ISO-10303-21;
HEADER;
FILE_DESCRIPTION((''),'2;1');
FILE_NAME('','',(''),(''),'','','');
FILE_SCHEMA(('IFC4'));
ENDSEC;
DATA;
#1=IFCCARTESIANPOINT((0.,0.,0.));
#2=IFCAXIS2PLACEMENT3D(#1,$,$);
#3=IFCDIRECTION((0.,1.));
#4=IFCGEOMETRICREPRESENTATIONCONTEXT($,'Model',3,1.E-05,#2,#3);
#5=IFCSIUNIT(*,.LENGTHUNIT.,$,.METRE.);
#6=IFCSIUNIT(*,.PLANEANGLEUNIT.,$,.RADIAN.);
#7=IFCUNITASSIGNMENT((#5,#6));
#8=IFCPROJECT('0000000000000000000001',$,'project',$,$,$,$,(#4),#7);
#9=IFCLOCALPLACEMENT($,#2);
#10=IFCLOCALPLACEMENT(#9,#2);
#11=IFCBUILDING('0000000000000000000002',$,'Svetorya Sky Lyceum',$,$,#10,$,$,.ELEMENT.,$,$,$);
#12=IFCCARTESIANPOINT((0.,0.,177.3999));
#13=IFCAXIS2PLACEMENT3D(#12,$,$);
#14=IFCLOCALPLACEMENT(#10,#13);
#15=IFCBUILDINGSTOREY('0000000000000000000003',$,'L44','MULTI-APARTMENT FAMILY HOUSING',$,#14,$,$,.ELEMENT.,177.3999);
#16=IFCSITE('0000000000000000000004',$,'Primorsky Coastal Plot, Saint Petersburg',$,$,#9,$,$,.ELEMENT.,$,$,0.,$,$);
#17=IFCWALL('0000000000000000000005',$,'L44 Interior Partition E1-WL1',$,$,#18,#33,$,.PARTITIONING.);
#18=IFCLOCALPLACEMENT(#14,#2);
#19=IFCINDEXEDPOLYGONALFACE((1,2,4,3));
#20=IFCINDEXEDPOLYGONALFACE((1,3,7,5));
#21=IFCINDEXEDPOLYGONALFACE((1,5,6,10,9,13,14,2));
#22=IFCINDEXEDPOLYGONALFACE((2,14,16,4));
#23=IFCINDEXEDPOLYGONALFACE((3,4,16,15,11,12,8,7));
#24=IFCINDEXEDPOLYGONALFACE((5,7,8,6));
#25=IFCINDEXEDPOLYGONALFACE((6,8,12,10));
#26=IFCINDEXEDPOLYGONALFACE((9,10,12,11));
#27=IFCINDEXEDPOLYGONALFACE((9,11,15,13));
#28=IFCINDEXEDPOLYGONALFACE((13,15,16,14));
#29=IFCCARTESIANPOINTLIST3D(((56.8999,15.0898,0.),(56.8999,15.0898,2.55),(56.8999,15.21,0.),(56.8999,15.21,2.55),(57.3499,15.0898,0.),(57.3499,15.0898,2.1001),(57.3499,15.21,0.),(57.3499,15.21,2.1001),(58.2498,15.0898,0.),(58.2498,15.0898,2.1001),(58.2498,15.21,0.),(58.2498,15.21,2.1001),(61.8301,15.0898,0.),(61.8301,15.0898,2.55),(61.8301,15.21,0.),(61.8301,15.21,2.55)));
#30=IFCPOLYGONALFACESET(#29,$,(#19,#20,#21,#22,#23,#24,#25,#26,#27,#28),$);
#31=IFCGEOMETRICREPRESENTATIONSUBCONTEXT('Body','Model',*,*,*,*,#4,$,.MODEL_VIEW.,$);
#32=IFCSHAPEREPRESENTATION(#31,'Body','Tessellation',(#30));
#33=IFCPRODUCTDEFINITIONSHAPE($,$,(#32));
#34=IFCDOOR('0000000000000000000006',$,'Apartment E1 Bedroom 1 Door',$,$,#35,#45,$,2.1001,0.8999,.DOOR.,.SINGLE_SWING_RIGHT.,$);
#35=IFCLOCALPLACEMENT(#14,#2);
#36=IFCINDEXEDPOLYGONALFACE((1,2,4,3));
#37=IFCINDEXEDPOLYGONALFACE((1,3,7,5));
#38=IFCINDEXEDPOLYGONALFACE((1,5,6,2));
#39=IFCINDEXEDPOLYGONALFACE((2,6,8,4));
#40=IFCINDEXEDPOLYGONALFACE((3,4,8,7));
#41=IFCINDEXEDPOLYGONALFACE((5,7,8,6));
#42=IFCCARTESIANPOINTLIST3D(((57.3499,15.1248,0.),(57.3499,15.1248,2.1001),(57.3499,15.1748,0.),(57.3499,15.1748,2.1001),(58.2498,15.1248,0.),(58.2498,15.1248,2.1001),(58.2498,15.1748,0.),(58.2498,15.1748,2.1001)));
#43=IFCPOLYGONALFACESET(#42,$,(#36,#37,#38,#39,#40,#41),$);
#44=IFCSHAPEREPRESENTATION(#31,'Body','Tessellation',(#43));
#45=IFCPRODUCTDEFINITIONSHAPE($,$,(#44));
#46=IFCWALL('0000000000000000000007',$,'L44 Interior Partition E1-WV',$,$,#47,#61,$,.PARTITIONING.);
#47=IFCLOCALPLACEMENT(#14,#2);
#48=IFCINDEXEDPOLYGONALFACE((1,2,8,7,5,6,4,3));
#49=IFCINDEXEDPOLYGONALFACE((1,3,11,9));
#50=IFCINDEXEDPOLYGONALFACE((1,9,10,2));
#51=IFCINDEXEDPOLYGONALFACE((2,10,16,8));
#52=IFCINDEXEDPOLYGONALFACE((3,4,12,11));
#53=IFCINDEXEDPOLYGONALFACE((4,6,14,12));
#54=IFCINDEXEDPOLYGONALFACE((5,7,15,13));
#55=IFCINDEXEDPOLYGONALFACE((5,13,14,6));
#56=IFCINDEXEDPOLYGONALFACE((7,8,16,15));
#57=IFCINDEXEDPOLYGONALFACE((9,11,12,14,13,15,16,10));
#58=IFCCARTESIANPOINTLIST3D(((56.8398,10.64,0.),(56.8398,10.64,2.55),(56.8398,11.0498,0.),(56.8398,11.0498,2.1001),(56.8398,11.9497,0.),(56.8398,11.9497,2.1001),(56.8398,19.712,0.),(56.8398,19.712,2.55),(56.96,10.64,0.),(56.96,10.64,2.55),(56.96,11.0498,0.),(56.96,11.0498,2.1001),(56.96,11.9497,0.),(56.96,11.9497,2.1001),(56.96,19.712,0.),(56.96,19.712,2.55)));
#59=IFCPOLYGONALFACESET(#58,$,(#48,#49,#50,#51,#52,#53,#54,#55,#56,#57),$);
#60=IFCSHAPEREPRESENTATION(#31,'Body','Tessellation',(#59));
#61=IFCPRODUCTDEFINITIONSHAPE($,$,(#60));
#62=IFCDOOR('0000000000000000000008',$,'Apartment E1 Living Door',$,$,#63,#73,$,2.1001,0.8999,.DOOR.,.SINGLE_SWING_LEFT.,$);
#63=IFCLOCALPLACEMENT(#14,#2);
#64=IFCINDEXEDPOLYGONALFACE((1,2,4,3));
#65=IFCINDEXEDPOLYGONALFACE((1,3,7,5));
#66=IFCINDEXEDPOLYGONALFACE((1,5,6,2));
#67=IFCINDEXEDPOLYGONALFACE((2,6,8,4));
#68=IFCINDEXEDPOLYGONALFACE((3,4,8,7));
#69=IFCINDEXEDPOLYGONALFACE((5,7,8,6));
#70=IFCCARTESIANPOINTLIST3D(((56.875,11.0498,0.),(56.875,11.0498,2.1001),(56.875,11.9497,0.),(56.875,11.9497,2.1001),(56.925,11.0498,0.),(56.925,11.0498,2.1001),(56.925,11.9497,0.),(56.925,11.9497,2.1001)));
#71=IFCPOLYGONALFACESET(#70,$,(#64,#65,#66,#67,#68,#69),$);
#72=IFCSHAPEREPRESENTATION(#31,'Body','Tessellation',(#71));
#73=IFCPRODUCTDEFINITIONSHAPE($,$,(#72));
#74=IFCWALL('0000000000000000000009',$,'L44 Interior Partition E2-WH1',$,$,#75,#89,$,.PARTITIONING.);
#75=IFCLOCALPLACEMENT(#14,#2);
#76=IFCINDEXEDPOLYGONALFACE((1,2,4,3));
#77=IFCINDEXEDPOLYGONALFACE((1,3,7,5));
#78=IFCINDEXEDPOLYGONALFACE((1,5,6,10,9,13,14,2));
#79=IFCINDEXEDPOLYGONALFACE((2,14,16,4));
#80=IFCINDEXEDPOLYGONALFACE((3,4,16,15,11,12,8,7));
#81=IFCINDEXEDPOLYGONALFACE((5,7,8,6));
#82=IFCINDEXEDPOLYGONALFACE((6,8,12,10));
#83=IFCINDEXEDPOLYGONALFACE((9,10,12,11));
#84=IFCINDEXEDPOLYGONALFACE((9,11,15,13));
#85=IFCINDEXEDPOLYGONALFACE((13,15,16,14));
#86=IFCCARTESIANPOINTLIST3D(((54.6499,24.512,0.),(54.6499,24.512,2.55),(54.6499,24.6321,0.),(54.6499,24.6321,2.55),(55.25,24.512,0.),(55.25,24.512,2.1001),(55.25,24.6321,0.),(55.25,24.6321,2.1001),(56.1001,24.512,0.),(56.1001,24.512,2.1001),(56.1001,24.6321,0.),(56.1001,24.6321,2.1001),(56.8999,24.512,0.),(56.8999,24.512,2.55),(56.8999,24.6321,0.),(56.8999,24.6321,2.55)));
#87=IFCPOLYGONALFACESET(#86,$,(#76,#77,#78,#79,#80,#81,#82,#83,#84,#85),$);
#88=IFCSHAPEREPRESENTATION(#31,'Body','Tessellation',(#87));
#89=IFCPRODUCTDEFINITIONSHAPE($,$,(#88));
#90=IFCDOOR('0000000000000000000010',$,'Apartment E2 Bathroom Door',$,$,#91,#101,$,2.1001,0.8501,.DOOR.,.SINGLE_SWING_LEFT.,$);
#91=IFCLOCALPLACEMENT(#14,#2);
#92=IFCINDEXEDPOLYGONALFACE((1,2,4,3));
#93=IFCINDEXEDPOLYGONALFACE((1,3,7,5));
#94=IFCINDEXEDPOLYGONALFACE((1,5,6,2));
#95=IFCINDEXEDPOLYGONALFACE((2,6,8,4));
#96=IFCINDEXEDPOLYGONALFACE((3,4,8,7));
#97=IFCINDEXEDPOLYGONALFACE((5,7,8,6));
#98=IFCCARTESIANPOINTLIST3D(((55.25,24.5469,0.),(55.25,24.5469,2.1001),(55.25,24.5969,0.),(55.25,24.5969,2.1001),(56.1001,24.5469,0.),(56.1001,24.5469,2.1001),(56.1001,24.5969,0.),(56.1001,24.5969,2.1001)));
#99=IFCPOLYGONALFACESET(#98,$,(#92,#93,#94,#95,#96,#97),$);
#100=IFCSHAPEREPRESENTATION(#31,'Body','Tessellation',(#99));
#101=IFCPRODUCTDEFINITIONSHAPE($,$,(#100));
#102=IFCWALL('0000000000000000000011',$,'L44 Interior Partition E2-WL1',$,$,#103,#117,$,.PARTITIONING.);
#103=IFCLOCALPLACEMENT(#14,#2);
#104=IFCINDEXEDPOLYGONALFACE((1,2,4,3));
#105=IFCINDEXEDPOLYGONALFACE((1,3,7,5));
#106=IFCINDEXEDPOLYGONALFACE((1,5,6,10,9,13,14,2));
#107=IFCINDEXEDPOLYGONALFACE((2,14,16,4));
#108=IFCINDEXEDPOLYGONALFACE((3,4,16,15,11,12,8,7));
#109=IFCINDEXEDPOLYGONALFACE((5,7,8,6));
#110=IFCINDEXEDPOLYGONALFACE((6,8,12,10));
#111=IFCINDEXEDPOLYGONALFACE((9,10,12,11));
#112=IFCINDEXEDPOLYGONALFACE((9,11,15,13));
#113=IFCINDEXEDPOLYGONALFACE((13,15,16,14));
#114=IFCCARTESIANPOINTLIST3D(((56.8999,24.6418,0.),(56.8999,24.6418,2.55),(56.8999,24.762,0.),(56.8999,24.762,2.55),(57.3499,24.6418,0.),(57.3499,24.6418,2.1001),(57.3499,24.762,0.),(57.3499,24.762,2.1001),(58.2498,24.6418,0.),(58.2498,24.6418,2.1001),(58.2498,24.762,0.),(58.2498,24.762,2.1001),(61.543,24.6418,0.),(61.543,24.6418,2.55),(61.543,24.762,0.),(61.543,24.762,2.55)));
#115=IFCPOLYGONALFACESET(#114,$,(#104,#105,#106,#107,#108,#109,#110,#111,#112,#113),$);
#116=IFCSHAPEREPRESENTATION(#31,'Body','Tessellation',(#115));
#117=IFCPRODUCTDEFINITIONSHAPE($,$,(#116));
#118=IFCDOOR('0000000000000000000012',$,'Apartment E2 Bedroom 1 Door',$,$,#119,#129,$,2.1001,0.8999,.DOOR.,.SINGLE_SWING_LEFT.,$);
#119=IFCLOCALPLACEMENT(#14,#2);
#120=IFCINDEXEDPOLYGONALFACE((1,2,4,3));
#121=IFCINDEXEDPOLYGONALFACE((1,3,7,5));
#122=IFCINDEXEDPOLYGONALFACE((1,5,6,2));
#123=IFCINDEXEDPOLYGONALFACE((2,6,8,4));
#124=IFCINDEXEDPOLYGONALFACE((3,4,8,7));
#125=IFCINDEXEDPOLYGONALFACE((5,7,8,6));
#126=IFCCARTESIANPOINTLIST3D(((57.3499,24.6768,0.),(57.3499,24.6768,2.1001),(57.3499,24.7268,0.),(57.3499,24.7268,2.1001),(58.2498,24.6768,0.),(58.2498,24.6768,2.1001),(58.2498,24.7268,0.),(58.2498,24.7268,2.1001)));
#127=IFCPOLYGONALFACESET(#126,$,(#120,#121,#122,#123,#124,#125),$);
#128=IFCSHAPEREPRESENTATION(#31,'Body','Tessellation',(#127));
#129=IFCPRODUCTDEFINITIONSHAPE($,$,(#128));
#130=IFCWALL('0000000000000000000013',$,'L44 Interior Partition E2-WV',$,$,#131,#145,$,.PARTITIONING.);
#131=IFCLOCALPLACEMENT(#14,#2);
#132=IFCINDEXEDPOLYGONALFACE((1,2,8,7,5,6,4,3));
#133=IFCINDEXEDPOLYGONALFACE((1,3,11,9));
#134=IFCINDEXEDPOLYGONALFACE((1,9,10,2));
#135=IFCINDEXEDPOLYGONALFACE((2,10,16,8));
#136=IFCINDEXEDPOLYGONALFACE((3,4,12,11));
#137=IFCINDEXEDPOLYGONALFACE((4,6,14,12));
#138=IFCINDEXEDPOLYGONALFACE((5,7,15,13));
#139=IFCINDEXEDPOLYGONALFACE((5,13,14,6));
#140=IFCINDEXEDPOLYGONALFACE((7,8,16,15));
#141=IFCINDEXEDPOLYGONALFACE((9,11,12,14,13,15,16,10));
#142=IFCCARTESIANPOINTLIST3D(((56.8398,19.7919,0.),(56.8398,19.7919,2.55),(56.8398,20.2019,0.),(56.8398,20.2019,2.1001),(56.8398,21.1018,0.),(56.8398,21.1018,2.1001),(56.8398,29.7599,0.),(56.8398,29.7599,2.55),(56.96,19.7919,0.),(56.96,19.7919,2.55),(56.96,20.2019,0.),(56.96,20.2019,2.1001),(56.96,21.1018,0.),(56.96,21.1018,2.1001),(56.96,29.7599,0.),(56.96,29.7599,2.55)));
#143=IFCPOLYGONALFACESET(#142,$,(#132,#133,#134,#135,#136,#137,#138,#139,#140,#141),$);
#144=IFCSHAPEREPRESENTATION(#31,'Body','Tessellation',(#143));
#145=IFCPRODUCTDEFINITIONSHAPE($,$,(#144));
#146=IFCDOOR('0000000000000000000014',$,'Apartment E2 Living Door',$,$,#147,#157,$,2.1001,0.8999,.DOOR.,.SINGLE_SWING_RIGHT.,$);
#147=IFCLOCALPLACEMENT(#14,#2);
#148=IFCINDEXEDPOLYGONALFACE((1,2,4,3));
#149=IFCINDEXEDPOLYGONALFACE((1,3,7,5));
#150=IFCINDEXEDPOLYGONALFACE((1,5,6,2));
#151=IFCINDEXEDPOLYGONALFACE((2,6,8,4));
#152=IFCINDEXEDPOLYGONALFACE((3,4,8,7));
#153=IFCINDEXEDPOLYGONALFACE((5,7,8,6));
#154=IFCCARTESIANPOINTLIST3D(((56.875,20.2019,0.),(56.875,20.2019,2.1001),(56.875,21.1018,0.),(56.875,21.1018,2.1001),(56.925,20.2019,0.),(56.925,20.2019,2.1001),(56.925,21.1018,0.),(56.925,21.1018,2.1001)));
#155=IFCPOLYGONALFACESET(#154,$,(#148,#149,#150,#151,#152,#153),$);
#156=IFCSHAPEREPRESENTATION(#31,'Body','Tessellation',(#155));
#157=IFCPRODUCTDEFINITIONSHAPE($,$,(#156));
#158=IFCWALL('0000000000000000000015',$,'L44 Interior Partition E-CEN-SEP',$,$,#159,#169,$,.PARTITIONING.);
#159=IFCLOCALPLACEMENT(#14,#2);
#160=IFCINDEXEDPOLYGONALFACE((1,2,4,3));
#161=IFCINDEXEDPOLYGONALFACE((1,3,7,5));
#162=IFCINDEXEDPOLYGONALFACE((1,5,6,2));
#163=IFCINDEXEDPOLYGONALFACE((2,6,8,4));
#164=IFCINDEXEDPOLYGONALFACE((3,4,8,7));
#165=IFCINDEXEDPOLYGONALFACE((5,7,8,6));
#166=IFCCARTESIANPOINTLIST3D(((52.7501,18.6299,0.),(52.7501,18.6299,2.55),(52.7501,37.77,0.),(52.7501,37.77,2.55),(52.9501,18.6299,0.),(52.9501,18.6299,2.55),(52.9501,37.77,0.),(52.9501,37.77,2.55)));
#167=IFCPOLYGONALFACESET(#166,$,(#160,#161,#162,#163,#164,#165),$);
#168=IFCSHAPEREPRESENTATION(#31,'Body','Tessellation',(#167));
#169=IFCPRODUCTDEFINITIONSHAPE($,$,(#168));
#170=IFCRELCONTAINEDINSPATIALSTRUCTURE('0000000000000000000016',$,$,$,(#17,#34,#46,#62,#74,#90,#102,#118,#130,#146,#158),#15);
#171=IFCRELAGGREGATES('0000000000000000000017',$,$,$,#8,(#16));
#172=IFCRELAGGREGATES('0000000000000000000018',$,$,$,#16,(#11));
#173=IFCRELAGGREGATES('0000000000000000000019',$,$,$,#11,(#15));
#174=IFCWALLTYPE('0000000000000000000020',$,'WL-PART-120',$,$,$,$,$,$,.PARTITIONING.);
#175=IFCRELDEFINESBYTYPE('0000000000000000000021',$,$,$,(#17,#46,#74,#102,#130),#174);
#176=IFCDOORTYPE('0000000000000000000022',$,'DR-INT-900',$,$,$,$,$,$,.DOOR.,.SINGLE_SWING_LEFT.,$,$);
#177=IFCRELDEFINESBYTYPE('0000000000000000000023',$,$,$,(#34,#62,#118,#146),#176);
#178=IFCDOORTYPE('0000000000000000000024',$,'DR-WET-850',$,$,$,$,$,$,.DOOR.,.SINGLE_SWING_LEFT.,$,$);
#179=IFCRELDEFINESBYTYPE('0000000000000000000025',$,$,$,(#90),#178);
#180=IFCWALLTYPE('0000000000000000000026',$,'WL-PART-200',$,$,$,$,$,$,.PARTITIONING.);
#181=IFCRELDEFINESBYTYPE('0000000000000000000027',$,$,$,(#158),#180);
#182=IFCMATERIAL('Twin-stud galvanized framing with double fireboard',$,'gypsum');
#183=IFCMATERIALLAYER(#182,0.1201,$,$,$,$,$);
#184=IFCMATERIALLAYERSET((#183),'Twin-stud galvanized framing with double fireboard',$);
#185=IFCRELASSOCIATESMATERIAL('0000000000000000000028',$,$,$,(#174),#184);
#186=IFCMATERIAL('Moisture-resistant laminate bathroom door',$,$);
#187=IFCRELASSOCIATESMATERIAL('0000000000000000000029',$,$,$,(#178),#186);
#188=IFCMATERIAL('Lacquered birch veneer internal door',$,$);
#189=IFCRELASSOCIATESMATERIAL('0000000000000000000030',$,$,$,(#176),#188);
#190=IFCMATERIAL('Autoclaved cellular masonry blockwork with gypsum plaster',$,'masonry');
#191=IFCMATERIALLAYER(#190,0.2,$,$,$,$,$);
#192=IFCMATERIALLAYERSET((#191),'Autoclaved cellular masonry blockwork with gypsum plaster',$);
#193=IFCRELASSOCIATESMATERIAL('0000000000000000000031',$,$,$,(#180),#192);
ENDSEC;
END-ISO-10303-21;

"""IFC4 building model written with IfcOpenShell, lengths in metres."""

from ifc_helpers import new_model, si_unit, direction, frame, frame_2d, origin, place, context, subcontext, project, spatial, rectangle, extrude, material, layer, layer_set, type_object, element, fill, save


model = new_model("IFC4")

# Units and contexts
model_context = context("Model", 3, precision=1e-05, world=origin(), true_north=direction((0.0, 1.0)))
body_context = subcontext(model_context, "Body", "Model", "MODEL_VIEW")
ifc_project = project(units=[si_unit("LENGTHUNIT", "METRE"), si_unit("PLANEANGLEUNIT", "RADIAN")], contexts=[model_context])

# Site, building, storey
site_placement = place(None, origin())
site = spatial("IfcSite", under=ifc_project, at=site_placement, Name="Primorsky Coastal Plot, Saint Petersburg", CompositionType="ELEMENT", RefElevation=0.0)
building_placement = place(site_placement, origin())
building = spatial("IfcBuilding", under=site, at=building_placement, Name="Svetorya Sky Lyceum", CompositionType="ELEMENT")
storey_placement = place(building_placement, frame((0.0, 0.0, 177.3999)))
storey = spatial("IfcBuildingStorey", under=building, at=storey_placement, Name="L44", Description="MULTI-APARTMENT FAMILY HOUSING", CompositionType="ELEMENT", Elevation=177.3999)

# Walls, openings, doors
ifc_material_1 = material(Name="Twin-stud galvanized framing with double fireboard", Category="gypsum")
ifc_layer_1 = layer(ifc_material_1, 0.1201)
ifc_layer_set_1 = layer_set([ifc_layer_1], Name="Twin-stud galvanized framing with double fireboard")
wall_type_1 = type_object("IfcWallType", Name="WL-PART-120", PredefinedType="PARTITIONING", material=ifc_layer_set_1)
ifc_material_2 = material(Name="Moisture-resistant laminate bathroom door")
door_type_1 = type_object("IfcDoorType", Name="DR-WET-850", OperationType="SINGLE_SWING_LEFT", PredefinedType="DOOR", material=ifc_material_2)
wall_1_placement = place(storey_placement, frame((56.8999, 15.1499, 0.0), z_axis=(0.0, 0.0, 1.0), x_axis=(1.0, 0.0, 0.0)))
wall_1 = element("IfcWall", 1, at=wall_1_placement, inside=storey, type_object=wall_type_1, Name="L44 Interior Partition E1-WL1", PredefinedType="PARTITIONING", context=body_context, shape_type="SweptSolid", body=[
    extrude(rectangle(XDim=4.9302, YDim=0.1201, at=frame_2d((2.4651, 0.0))), origin(), (0.0, 0.0, 1.0), 2.55),
])
opening_1_placement = place(wall_1_placement, frame((0.45, 0.0, 0.0)))
opening_1 = element("IfcOpeningElement", 2, at=opening_1_placement, cuts=wall_1, PredefinedType="OPENING", context=body_context, shape_type="SweptSolid", body=[
    extrude(rectangle(XDim=0.8999, YDim=2.1001, at=frame_2d((0.45, 1.05))), frame((0.0, 0.0701, 0.0), z_axis=(0.0, -1.0, 0.0), x_axis=(1.0, 0.0, 0.0)), (0.0, 0.0, 1.0), 0.1401),
])
ifc_material_3 = material(Name="Lacquered birch veneer internal door")
door_type_2 = type_object("IfcDoorType", Name="DR-INT-900", OperationType="SINGLE_SWING_LEFT", PredefinedType="DOOR", material=ifc_material_3)
door_1_placement = place(opening_1_placement, origin())
door_1 = element("IfcDoor", 3, at=door_1_placement, inside=storey, type_object=door_type_2, Name="Apartment E1 Bedroom 1 Door", OperationType="SINGLE_SWING_RIGHT", OverallHeight=2.1001, OverallWidth=0.8999, PredefinedType="DOOR", context=body_context, shape_type="SweptSolid", body=[
    extrude(rectangle(XDim=0.8999, YDim=2.1001, at=frame_2d((0.45, 1.05))), frame((0.0, 0.0249, 0.0), z_axis=(0.0, -1.0, 0.0), x_axis=(1.0, 0.0, 0.0)), (0.0, 0.0, 1.0), 0.05),
])
fill(opening_1, door_1)
wall_2_placement = place(storey_placement, frame((56.8999, 10.6399, 0.0), z_axis=(0.0, 0.0, 1.0), x_axis=(0.0, 1.0, 0.0)))
wall_2 = element("IfcWall", 4, at=wall_2_placement, inside=storey, type_object=wall_type_1, Name="L44 Interior Partition E1-WV", PredefinedType="PARTITIONING", context=body_context, shape_type="SweptSolid", body=[
    extrude(rectangle(XDim=9.072, YDim=0.1201, at=frame_2d((4.5361, 0.0))), origin(), (0.0, 0.0, 1.0), 2.55),
])
opening_2_placement = place(wall_2_placement, frame((0.4099, 0.0, 0.0)))
opening_2 = element("IfcOpeningElement", 5, at=opening_2_placement, cuts=wall_2, PredefinedType="OPENING", context=body_context, shape_type="SweptSolid", body=[
    extrude(rectangle(XDim=0.8999, YDim=2.1001, at=frame_2d((0.45, 1.05))), frame((0.0, 0.0701, 0.0), z_axis=(0.0, -1.0, 0.0), x_axis=(1.0, 0.0, 0.0)), (0.0, 0.0, 1.0), 0.1401),
])
door_2_placement = place(opening_2_placement, origin())
door_2 = element("IfcDoor", 6, at=door_2_placement, inside=storey, type_object=door_type_2, Name="Apartment E1 Living Door", OperationType="SINGLE_SWING_LEFT", OverallHeight=2.1001, OverallWidth=0.8999, PredefinedType="DOOR", context=body_context, shape_type="SweptSolid", body=[
    extrude(rectangle(XDim=0.8999, YDim=2.1001, at=frame_2d((0.45, 1.05))), frame((0.0, 0.0249, 0.0), z_axis=(0.0, -1.0, 0.0), x_axis=(1.0, 0.0, 0.0)), (0.0, 0.0, 1.0), 0.05),
])
fill(opening_2, door_2)
wall_3_placement = place(storey_placement, frame((54.6499, 24.572, 0.0), z_axis=(0.0, 0.0, 1.0), x_axis=(1.0, 0.0, 0.0)))
wall_3 = element("IfcWall", 7, at=wall_3_placement, inside=storey, type_object=wall_type_1, Name="L44 Interior Partition E2-WH1", PredefinedType="PARTITIONING", context=body_context, shape_type="SweptSolid", body=[
    extrude(rectangle(XDim=2.25, YDim=0.1201, at=frame_2d((1.125, 0.0))), origin(), (0.0, 0.0, 1.0), 2.55),
])
opening_3_placement = place(wall_3_placement, frame((0.6001, 0.0, 0.0)))
opening_3 = element("IfcOpeningElement", 8, at=opening_3_placement, cuts=wall_3, PredefinedType="OPENING", context=body_context, shape_type="SweptSolid", body=[
    extrude(rectangle(XDim=0.8501, YDim=2.1001, at=frame_2d((0.425, 1.05))), frame((0.0, 0.0701, 0.0), z_axis=(0.0, -1.0, 0.0), x_axis=(1.0, 0.0, 0.0)), (0.0, 0.0, 1.0), 0.1401),
])
door_3_placement = place(opening_3_placement, origin())
door_3 = element("IfcDoor", 9, at=door_3_placement, inside=storey, type_object=door_type_1, Name="Apartment E2 Bathroom Door", OperationType="SINGLE_SWING_LEFT", OverallHeight=2.1001, OverallWidth=0.8501, PredefinedType="DOOR", context=body_context, shape_type="SweptSolid", body=[
    extrude(rectangle(XDim=0.8501, YDim=2.1001, at=frame_2d((0.425, 1.05))), frame((0.0, 0.0249, 0.0), z_axis=(0.0, -1.0, 0.0), x_axis=(1.0, 0.0, 0.0)), (0.0, 0.0, 1.0), 0.05),
])
fill(opening_3, door_3)
wall_4_placement = place(storey_placement, frame((56.8999, 24.7019, 0.0), z_axis=(0.0, 0.0, 1.0), x_axis=(1.0, 0.0, 0.0)))
wall_4 = element("IfcWall", 10, at=wall_4_placement, inside=storey, type_object=wall_type_1, Name="L44 Interior Partition E2-WL1", PredefinedType="PARTITIONING", context=body_context, shape_type="SweptSolid", body=[
    extrude(rectangle(XDim=4.6431, YDim=0.1201, at=frame_2d((2.3215, 0.0))), origin(), (0.0, 0.0, 1.0), 2.55),
])
opening_4_placement = place(wall_4_placement, frame((0.45, 0.0, 0.0)))
opening_4 = element("IfcOpeningElement", 11, at=opening_4_placement, cuts=wall_4, PredefinedType="OPENING", context=body_context, shape_type="SweptSolid", body=[
    extrude(rectangle(XDim=0.8999, YDim=2.1001, at=frame_2d((0.45, 1.05))), frame((0.0, 0.0701, 0.0), z_axis=(0.0, -1.0, 0.0), x_axis=(1.0, 0.0, 0.0)), (0.0, 0.0, 1.0), 0.1401),
])
door_4_placement = place(opening_4_placement, origin())
door_4 = element("IfcDoor", 12, at=door_4_placement, inside=storey, type_object=door_type_2, Name="Apartment E2 Bedroom 1 Door", OperationType="SINGLE_SWING_LEFT", OverallHeight=2.1001, OverallWidth=0.8999, PredefinedType="DOOR", context=body_context, shape_type="SweptSolid", body=[
    extrude(rectangle(XDim=0.8999, YDim=2.1001, at=frame_2d((0.45, 1.05))), frame((0.0, 0.0249, 0.0), z_axis=(0.0, -1.0, 0.0), x_axis=(1.0, 0.0, 0.0)), (0.0, 0.0, 1.0), 0.05),
])
fill(opening_4, door_4)
wall_5_placement = place(storey_placement, frame((56.8999, 19.792, 0.0), z_axis=(0.0, 0.0, 1.0), x_axis=(0.0, 1.0, 0.0)))
wall_5 = element("IfcWall", 13, at=wall_5_placement, inside=storey, type_object=wall_type_1, Name="L44 Interior Partition E2-WV", PredefinedType="PARTITIONING", context=body_context, shape_type="SweptSolid", body=[
    extrude(rectangle(XDim=9.968, YDim=0.1201, at=frame_2d((4.9839, 0.0))), origin(), (0.0, 0.0, 1.0), 2.55),
])
opening_5_placement = place(wall_5_placement, frame((0.4099, 0.0, 0.0)))
opening_5 = element("IfcOpeningElement", 14, at=opening_5_placement, cuts=wall_5, PredefinedType="OPENING", context=body_context, shape_type="SweptSolid", body=[
    extrude(rectangle(XDim=0.8999, YDim=2.1001, at=frame_2d((0.45, 1.05))), frame((0.0, 0.0701, 0.0), z_axis=(0.0, -1.0, 0.0), x_axis=(1.0, 0.0, 0.0)), (0.0, 0.0, 1.0), 0.1401),
])
door_5_placement = place(opening_5_placement, origin())
door_5 = element("IfcDoor", 15, at=door_5_placement, inside=storey, type_object=door_type_2, Name="Apartment E2 Living Door", OperationType="SINGLE_SWING_RIGHT", OverallHeight=2.1001, OverallWidth=0.8999, PredefinedType="DOOR", context=body_context, shape_type="SweptSolid", body=[
    extrude(rectangle(XDim=0.8999, YDim=2.1001, at=frame_2d((0.45, 1.05))), frame((0.0, 0.0249, 0.0), z_axis=(0.0, -1.0, 0.0), x_axis=(1.0, 0.0, 0.0)), (0.0, 0.0, 1.0), 0.05),
])
fill(opening_5, door_5)

# Wall
ifc_material_4 = material(Name="Autoclaved cellular masonry blockwork with gypsum plaster", Category="masonry")
ifc_layer_2 = layer(ifc_material_4, 0.2)
ifc_layer_set_2 = layer_set([ifc_layer_2], Name="Autoclaved cellular masonry blockwork with gypsum plaster")
wall_type_2 = type_object("IfcWallType", Name="WL-PART-200", PredefinedType="PARTITIONING", material=ifc_layer_set_2)
wall_6_placement = place(storey_placement, frame((52.8501, 18.6299, 0.0), z_axis=(0.0, 0.0, 1.0), x_axis=(0.0, 1.0, 0.0)))
element("IfcWall", 16, at=wall_6_placement, inside=storey, type_object=wall_type_2, Name="L44 Interior Partition E-CEN-SEP", PredefinedType="PARTITIONING", context=body_context, shape_type="SweptSolid", body=[
    extrude(rectangle(XDim=19.1401, YDim=0.2, at=frame_2d((9.5701, 0.0))), origin(), (0.0, 0.0, 1.0), 2.55),
])

save(model, "model.ifc")
